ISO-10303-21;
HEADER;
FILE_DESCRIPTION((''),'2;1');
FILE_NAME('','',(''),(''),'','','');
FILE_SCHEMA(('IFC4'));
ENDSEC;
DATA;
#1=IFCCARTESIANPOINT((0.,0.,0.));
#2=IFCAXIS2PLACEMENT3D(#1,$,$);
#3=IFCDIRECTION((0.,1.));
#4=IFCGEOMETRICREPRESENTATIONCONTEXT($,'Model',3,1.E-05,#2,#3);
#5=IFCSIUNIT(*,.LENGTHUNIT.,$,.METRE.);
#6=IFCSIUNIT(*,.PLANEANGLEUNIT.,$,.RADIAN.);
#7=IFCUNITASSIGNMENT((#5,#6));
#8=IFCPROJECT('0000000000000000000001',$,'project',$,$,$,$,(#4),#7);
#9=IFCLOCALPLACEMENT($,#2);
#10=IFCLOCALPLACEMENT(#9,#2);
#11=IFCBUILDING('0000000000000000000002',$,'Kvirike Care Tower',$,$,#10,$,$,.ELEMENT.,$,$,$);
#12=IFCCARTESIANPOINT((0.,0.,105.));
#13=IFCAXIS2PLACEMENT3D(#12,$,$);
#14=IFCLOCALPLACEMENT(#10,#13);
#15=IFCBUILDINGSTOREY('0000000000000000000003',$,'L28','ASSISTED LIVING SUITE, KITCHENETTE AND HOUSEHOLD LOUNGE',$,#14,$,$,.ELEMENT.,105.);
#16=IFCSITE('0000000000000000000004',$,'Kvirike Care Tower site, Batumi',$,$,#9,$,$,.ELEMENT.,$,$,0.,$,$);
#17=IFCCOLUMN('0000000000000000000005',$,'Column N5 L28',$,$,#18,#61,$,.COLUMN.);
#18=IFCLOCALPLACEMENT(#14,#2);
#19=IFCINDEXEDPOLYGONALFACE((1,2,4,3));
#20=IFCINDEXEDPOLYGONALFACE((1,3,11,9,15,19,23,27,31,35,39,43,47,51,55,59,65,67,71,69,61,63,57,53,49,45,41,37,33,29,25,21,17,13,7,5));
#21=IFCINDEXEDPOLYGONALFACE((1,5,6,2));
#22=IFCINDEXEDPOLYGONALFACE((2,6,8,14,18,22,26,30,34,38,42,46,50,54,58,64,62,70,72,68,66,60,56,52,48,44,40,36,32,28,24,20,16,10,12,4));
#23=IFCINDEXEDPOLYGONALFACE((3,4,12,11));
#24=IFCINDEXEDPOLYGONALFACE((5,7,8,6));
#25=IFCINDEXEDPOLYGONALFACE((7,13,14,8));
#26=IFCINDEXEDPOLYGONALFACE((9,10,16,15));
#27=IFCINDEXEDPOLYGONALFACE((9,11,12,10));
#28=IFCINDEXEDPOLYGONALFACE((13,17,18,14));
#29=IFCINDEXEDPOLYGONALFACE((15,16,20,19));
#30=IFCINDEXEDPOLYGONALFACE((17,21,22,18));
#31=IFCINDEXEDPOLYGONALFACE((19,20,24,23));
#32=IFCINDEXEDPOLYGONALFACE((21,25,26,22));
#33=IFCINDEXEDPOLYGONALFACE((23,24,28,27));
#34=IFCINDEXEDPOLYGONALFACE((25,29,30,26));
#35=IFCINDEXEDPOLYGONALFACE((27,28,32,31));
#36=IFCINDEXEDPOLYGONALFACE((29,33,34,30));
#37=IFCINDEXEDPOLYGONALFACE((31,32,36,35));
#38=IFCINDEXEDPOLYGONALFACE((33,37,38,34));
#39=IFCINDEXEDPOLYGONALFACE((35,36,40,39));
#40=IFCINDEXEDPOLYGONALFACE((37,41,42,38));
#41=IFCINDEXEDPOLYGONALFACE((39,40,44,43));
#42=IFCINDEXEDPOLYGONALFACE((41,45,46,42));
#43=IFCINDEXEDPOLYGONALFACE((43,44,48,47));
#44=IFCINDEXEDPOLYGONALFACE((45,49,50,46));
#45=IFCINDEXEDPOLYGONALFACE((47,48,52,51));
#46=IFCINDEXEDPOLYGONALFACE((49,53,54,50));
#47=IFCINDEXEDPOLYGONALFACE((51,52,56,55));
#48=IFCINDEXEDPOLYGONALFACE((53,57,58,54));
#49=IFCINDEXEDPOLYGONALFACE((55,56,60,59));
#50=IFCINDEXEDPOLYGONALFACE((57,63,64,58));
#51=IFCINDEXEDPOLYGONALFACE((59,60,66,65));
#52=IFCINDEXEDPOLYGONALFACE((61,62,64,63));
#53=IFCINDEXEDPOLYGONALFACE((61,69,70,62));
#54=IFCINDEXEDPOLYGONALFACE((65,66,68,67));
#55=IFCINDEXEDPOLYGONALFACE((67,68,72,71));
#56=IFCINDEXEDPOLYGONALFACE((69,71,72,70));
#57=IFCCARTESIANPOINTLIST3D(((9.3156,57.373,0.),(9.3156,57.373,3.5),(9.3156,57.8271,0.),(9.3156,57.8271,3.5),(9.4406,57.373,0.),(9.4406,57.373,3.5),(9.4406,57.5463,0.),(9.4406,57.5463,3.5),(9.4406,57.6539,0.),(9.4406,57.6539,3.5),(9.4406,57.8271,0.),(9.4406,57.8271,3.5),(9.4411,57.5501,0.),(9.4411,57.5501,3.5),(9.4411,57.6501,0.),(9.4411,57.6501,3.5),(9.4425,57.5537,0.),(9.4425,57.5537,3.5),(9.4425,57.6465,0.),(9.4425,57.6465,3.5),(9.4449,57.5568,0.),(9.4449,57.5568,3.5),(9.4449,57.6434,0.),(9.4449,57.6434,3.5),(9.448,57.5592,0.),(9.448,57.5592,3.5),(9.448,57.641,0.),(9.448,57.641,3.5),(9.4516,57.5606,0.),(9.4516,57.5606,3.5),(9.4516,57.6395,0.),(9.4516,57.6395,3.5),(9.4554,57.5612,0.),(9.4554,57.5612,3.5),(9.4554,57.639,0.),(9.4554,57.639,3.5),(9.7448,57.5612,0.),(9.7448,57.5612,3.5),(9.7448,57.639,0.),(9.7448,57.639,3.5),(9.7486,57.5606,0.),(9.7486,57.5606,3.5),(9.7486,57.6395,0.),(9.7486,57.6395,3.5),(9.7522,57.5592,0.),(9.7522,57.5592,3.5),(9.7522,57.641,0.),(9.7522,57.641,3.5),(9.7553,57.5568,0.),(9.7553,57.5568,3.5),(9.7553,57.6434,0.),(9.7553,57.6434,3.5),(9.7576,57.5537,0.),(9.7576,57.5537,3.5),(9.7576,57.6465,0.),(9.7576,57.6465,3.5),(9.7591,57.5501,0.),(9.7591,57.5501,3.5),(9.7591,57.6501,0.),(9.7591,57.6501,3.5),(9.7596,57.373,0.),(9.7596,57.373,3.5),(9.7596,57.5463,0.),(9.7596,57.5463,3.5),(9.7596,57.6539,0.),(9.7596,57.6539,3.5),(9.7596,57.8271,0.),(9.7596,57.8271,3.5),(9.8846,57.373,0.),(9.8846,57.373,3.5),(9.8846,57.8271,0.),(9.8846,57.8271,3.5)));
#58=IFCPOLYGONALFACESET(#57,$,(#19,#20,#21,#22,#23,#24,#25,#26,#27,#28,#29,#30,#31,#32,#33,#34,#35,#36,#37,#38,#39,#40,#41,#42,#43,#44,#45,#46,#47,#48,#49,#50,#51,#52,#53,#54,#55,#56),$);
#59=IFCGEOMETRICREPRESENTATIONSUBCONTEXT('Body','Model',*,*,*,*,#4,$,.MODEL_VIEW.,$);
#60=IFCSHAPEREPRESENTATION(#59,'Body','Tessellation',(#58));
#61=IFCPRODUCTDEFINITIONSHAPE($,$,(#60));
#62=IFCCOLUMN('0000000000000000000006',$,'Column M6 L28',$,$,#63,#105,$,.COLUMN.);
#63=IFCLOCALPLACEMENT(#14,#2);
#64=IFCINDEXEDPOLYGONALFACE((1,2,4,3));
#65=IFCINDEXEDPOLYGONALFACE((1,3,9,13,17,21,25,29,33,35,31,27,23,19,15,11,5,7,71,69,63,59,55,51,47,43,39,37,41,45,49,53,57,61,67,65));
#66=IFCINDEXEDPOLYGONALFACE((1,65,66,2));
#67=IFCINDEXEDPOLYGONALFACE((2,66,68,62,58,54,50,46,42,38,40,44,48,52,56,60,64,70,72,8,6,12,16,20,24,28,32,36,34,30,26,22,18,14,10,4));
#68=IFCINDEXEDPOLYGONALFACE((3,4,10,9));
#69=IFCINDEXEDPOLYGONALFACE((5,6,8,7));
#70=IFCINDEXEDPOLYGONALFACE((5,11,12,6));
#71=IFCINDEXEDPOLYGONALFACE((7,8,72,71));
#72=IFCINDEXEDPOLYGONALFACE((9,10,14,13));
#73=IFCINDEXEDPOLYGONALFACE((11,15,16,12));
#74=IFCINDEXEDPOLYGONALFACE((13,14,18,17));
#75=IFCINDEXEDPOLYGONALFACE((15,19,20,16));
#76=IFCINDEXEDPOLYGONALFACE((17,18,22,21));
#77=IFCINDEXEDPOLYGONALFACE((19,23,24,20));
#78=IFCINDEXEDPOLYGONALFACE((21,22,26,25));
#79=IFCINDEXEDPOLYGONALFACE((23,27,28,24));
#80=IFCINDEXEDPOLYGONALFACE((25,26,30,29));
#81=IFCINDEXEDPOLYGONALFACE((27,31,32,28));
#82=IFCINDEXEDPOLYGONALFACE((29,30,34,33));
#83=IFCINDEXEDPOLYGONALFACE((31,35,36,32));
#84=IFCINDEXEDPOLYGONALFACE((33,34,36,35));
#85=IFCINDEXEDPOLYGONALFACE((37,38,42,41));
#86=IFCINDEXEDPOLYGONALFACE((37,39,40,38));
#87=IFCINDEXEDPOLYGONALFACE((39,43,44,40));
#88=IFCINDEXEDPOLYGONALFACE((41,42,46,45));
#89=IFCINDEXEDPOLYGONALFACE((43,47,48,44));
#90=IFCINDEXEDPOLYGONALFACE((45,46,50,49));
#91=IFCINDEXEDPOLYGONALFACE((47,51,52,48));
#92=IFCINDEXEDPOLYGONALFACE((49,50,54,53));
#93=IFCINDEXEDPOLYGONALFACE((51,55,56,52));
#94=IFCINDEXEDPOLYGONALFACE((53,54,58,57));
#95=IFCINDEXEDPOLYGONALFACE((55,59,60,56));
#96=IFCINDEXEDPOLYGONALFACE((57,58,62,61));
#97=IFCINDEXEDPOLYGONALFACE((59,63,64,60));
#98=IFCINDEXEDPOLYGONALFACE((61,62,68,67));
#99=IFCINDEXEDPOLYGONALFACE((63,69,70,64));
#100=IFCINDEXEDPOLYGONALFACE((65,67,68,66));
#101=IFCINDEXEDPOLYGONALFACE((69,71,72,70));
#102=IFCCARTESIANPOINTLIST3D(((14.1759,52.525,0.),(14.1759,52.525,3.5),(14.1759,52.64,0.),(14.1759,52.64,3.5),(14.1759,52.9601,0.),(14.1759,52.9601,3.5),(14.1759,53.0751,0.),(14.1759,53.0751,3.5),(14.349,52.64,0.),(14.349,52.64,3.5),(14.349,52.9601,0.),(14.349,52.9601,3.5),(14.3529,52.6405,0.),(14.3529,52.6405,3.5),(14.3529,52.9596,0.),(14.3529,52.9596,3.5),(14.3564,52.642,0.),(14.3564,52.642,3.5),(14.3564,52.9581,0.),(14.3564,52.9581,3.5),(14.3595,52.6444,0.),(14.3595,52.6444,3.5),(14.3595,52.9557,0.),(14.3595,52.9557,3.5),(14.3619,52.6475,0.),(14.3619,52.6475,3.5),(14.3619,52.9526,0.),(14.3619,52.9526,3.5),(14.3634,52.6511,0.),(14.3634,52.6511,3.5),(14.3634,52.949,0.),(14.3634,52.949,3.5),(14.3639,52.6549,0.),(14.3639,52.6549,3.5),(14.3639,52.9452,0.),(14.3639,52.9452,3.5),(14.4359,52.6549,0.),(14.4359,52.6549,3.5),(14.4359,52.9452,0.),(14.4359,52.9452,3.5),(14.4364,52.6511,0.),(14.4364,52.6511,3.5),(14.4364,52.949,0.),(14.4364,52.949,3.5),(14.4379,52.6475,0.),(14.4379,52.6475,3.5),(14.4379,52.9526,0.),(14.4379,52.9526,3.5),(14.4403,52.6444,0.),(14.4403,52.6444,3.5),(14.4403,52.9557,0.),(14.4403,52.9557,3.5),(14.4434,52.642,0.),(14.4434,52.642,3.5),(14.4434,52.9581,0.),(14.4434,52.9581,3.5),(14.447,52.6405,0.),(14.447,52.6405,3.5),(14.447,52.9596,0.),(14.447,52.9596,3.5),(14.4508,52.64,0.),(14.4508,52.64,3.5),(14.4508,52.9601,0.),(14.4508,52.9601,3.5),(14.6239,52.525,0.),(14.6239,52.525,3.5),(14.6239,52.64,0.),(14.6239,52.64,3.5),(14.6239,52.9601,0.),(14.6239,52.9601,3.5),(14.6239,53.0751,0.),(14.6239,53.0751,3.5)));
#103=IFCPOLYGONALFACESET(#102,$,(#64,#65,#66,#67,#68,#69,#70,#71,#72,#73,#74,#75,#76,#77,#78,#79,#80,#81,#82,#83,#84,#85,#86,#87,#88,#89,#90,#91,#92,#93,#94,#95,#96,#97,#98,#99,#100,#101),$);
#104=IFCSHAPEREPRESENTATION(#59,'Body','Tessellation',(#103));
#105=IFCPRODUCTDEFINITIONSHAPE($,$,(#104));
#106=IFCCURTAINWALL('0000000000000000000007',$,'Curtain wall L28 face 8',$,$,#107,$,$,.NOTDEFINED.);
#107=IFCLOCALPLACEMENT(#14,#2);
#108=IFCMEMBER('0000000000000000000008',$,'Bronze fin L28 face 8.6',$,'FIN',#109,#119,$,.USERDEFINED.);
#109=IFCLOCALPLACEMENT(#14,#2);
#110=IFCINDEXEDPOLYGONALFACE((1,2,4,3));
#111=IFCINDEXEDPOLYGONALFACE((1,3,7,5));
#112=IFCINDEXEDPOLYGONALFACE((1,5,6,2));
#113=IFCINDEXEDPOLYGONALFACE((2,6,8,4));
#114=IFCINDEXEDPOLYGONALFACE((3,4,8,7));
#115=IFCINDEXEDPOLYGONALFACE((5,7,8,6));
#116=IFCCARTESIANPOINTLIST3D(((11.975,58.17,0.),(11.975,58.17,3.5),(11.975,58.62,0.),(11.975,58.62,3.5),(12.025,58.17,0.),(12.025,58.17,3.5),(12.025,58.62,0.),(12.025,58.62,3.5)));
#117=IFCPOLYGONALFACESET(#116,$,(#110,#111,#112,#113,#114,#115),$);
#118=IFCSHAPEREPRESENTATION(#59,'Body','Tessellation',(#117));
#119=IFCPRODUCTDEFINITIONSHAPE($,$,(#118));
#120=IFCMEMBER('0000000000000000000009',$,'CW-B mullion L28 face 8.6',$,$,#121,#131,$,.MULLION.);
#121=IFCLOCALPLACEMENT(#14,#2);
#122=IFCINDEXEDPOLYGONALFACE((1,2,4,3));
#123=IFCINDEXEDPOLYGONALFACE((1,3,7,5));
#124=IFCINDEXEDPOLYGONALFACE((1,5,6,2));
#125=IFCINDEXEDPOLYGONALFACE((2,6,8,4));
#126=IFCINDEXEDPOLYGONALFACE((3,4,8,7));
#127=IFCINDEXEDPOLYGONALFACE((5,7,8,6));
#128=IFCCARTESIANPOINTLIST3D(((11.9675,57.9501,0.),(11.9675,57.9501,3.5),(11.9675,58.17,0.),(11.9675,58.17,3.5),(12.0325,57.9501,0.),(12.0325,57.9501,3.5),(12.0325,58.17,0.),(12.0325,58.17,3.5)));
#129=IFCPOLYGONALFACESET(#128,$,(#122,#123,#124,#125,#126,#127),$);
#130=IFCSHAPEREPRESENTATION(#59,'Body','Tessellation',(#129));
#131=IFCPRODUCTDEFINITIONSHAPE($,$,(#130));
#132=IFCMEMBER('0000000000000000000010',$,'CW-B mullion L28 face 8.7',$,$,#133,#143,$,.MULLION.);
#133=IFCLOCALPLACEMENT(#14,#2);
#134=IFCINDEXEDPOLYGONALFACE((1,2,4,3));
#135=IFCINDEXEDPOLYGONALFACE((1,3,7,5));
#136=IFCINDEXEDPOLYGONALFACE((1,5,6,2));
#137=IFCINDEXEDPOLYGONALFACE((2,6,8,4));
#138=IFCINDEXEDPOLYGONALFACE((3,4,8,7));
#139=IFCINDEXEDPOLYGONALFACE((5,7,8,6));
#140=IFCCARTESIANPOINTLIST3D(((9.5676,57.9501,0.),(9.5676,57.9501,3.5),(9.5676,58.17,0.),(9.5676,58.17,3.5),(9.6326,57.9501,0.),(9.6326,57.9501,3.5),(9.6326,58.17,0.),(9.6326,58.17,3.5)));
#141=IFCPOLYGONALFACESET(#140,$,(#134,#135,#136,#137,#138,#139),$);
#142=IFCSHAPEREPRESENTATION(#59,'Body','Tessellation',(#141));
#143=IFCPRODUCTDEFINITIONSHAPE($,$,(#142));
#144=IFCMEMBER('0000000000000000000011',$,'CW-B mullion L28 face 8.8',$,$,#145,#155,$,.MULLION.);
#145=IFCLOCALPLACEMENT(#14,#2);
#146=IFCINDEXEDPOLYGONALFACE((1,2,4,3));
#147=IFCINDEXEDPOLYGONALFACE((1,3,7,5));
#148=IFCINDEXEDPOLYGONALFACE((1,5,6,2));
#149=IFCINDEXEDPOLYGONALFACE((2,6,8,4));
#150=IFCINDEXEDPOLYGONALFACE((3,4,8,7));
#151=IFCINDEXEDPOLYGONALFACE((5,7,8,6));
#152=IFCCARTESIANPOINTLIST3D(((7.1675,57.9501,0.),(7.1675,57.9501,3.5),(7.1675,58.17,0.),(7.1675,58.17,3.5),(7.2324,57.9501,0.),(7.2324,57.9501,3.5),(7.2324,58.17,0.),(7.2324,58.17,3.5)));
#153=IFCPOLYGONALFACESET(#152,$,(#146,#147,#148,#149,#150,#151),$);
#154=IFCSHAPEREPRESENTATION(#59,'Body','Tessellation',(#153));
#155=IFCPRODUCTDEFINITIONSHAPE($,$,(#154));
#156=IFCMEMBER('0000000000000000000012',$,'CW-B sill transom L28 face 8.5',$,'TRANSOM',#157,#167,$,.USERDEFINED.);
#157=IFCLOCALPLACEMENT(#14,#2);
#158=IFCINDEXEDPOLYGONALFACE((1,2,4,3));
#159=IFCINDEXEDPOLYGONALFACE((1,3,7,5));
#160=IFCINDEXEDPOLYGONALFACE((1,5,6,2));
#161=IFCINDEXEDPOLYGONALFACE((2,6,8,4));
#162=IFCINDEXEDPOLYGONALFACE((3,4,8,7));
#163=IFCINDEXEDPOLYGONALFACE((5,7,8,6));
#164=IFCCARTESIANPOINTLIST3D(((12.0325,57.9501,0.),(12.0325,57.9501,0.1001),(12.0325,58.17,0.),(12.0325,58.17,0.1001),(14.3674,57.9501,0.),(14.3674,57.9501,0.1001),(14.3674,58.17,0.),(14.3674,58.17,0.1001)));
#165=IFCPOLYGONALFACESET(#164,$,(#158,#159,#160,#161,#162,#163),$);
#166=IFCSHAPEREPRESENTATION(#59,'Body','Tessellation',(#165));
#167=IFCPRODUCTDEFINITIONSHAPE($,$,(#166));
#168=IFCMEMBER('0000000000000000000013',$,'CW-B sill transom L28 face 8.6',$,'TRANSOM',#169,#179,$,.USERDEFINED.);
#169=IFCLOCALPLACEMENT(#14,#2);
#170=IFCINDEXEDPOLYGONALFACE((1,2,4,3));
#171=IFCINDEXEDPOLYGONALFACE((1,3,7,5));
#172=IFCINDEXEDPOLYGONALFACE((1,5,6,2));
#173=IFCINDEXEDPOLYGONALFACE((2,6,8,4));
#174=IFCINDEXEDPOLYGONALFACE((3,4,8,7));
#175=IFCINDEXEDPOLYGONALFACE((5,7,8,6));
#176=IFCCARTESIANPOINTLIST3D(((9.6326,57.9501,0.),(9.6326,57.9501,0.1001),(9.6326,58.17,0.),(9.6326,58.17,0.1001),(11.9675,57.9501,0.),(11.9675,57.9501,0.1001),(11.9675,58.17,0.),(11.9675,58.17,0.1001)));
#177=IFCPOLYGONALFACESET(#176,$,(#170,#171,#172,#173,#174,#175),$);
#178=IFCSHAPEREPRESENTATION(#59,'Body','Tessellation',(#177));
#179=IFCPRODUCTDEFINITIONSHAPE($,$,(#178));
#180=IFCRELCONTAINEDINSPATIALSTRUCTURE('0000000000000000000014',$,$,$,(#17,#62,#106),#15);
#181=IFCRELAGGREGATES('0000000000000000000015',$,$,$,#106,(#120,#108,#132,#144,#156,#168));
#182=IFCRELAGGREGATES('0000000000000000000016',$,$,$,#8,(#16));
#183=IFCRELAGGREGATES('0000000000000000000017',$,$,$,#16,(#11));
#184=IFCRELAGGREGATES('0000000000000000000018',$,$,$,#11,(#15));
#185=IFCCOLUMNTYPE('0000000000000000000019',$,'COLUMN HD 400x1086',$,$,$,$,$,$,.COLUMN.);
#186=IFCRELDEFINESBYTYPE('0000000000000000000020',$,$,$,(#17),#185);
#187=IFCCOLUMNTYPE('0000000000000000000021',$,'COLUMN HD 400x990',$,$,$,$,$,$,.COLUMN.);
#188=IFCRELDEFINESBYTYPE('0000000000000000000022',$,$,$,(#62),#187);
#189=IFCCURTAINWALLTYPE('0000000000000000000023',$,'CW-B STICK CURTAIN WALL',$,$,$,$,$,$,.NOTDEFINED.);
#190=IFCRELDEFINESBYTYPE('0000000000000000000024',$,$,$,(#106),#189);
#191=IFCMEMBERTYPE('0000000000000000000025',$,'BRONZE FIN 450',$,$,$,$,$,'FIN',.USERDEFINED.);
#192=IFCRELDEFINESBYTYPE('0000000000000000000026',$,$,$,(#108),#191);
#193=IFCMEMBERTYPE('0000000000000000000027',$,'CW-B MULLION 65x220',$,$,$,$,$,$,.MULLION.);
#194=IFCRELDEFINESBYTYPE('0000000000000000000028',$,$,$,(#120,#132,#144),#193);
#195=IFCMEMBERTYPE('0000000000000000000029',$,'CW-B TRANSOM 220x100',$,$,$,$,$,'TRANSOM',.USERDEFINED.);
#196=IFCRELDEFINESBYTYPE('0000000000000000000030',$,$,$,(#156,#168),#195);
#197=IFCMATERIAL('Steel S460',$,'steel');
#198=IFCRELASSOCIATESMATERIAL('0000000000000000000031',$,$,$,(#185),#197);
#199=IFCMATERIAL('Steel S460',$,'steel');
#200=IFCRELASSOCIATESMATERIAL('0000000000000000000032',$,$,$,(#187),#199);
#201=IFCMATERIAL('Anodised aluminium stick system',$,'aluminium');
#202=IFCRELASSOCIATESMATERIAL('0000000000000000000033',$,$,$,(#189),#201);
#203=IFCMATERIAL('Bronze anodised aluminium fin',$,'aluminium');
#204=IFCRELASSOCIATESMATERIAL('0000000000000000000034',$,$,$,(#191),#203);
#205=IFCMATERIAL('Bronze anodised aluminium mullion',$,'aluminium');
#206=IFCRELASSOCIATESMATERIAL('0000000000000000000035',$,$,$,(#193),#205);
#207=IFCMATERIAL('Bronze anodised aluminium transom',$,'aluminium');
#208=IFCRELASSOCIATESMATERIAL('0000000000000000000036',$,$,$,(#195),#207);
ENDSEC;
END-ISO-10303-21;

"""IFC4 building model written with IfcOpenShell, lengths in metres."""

from ifc_helpers import new_model, si_unit, direction, frame, origin, origin_2d, place, context, subcontext, project, spatial, rectangle, i_section, extrude, material, material_profile, profile_set, type_object, element, aggregate, save


model = new_model("IFC4")

# Units and contexts
model_context = context("Model", 3, precision=1e-05, world=origin(), true_north=direction((0.0, 1.0)))
body_context = subcontext(model_context, "Body", "Model", "MODEL_VIEW")
ifc_project = project(units=[si_unit("LENGTHUNIT", "METRE"), si_unit("PLANEANGLEUNIT", "RADIAN")], contexts=[model_context])

# Site, building, storey
site_placement = place(None, origin())
site = spatial("IfcSite", under=ifc_project, at=site_placement, Name="Kvirike Care Tower site, Batumi", CompositionType="ELEMENT", RefElevation=0.0)
building_placement = place(site_placement, origin())
building = spatial("IfcBuilding", under=site, at=building_placement, Name="Kvirike Care Tower", CompositionType="ELEMENT")
storey_placement = place(building_placement, frame((0.0, 0.0, 105.0)))
storey = spatial("IfcBuildingStorey", under=building, at=storey_placement, Name="L28", Description="ASSISTED LIVING SUITE, KITCHENETTE AND HOUSEHOLD LOUNGE", CompositionType="ELEMENT", Elevation=105.0)

# Columns
ifc_material_1 = material(Name="Steel S460", Category="steel")
ifc_material_profile_1 = material_profile(ifc_material_1, i_section(OverallWidth=0.4541, OverallDepth=0.5691, WebThickness=0.0779, FlangeThickness=0.125, FilletRadius=0.0149, at=origin_2d()), Name="HD 400x1086")
ifc_profile_set_1 = profile_set([ifc_material_profile_1], Name="Steel S460")
column_type_1 = type_object("IfcColumnType", Name="COLUMN HD 400x1086", PredefinedType="COLUMN", material=ifc_profile_set_1)
column_1_placement = place(storey_placement, frame((9.6001, 57.6001, 0.0), z_axis=(0.0, 0.0, 1.0), x_axis=(0.0, 1.0, 0.0)))
element("IfcColumn", 1, at=column_1_placement, inside=storey, type_object=column_type_1, Name="Column N5 L28", PredefinedType="COLUMN", context=body_context, shape_type="SweptSolid", body=[
    extrude(i_section(OverallWidth=0.4541, OverallDepth=0.5691, WebThickness=0.0779, FlangeThickness=0.125, FilletRadius=0.0149, at=origin_2d()), origin(), (0.0, 0.0, 1.0), 3.5),
])
ifc_material_2 = material(Name="Steel S460", Category="steel")
ifc_material_profile_2 = material_profile(ifc_material_2, i_section(OverallWidth=0.448, OverallDepth=0.55, WebThickness=0.072, FlangeThickness=0.115, FilletRadius=0.0149, at=origin_2d()), Name="HD 400x990")
ifc_profile_set_2 = profile_set([ifc_material_profile_2], Name="Steel S460")
column_type_2 = type_object("IfcColumnType", Name="COLUMN HD 400x990", PredefinedType="COLUMN", material=ifc_profile_set_2)
column_2_placement = place(storey_placement, frame((14.3999, 52.8, 0.0), z_axis=(0.0, 0.0, 1.0), x_axis=(1.0, 0.0, 0.0)))
element("IfcColumn", 2, at=column_2_placement, inside=storey, type_object=column_type_2, Name="Column M6 L28", PredefinedType="COLUMN", context=body_context, shape_type="SweptSolid", body=[
    extrude(i_section(OverallWidth=0.448, OverallDepth=0.55, WebThickness=0.072, FlangeThickness=0.115, FilletRadius=0.0149, at=origin_2d()), origin(), (0.0, 0.0, 1.0), 3.5),
])

# Curtain wall, members
ifc_material_3 = material(Name="Anodised aluminium stick system", Category="aluminium")
curtain_wall_type = type_object("IfcCurtainWallType", Name="CW-B STICK CURTAIN WALL", PredefinedType="NOTDEFINED", material=ifc_material_3)
curtain_wall_placement = place(storey_placement, origin())
curtain_wall = element("IfcCurtainWall", 3, at=curtain_wall_placement, inside=storey, type_object=curtain_wall_type, Name="Curtain wall L28 face 8", PredefinedType="NOTDEFINED")
ifc_material_4 = material(Name="Bronze anodised aluminium fin", Category="aluminium")
ifc_material_profile_3 = material_profile(ifc_material_4, rectangle(XDim=0.05, YDim=0.45, at=origin_2d()), Name="BRONZE FIN 450")
ifc_profile_set_3 = profile_set([ifc_material_profile_3], Name="Bronze anodised aluminium fin")
member_type_1 = type_object("IfcMemberType", Name="BRONZE FIN 450", ElementType="FIN", PredefinedType="USERDEFINED", material=ifc_profile_set_3)
member_1_placement = place(storey_placement, frame((12.0, 58.395, 0.0), z_axis=(0.0, 0.0, 1.0), x_axis=(-1.0, 0.0, 0.0)))
member_1 = element("IfcMember", 4, at=member_1_placement, type_object=member_type_1, Name="Bronze fin L28 face 8.6", ObjectType="FIN", PredefinedType="USERDEFINED", context=body_context, shape_type="SweptSolid", body=[
    extrude(rectangle(XDim=0.05, YDim=0.45, at=origin_2d()), origin(), (0.0, 0.0, 1.0), 3.5),
])
ifc_material_5 = material(Name="Bronze anodised aluminium mullion", Category="aluminium")
ifc_material_profile_4 = material_profile(ifc_material_5, rectangle(XDim=0.0649, YDim=0.22, at=origin_2d()), Name="CW-B MULLION 65x220")
ifc_profile_set_4 = profile_set([ifc_material_profile_4], Name="Bronze anodised aluminium mullion")
member_type_2 = type_object("IfcMemberType", Name="CW-B MULLION 65x220", PredefinedType="MULLION", material=ifc_profile_set_4)
member_2_placement = place(storey_placement, frame((12.0, 58.0601, 0.0), z_axis=(0.0, 0.0, 1.0), x_axis=(-1.0, 0.0, 0.0)))
member_2 = element("IfcMember", 5, at=member_2_placement, type_object=member_type_2, Name="CW-B mullion L28 face 8.6", PredefinedType="MULLION", context=body_context, shape_type="SweptSolid", body=[
    extrude(rectangle(XDim=0.0649, YDim=0.22, at=origin_2d()), origin(), (0.0, 0.0, 1.0), 3.5),
])
member_3_placement = place(storey_placement, frame((9.6001, 58.0601, 0.0), z_axis=(0.0, 0.0, 1.0), x_axis=(-1.0, 0.0, 0.0)))
member_3 = element("IfcMember", 6, at=member_3_placement, type_object=member_type_2, Name="CW-B mullion L28 face 8.7", PredefinedType="MULLION", context=body_context, shape_type="SweptSolid", body=[
    extrude(rectangle(XDim=0.0649, YDim=0.22, at=origin_2d()), origin(), (0.0, 0.0, 1.0), 3.5),
])
member_4_placement = place(storey_placement, frame((7.2, 58.0601, 0.0), z_axis=(0.0, 0.0, 1.0), x_axis=(-1.0, 0.0, 0.0)))
member_4 = element("IfcMember", 7, at=member_4_placement, type_object=member_type_2, Name="CW-B mullion L28 face 8.8", PredefinedType="MULLION", context=body_context, shape_type="SweptSolid", body=[
    extrude(rectangle(XDim=0.0649, YDim=0.22, at=origin_2d()), origin(), (0.0, 0.0, 1.0), 3.5),
])
ifc_material_6 = material(Name="Bronze anodised aluminium transom", Category="aluminium")
ifc_material_profile_5 = material_profile(ifc_material_6, rectangle(XDim=0.22, YDim=0.1001, at=origin_2d()), Name="CW-B TRANSOM 220x100")
ifc_profile_set_5 = profile_set([ifc_material_profile_5], Name="Bronze anodised aluminium transom")
member_type_3 = type_object("IfcMemberType", Name="CW-B TRANSOM 220x100", ElementType="TRANSOM", PredefinedType="USERDEFINED", material=ifc_profile_set_5)
member_5_placement = place(storey_placement, frame((14.3674, 58.0601, 0.05), z_axis=(-1.0, 0.0, 0.0), x_axis=(0.0, -1.0, 0.0)))
member_5 = element("IfcMember", 8, at=member_5_placement, type_object=member_type_3, Name="CW-B sill transom L28 face 8.5", ObjectType="TRANSOM", PredefinedType="USERDEFINED", context=body_context, shape_type="SweptSolid", body=[
    extrude(rectangle(XDim=0.22, YDim=0.1001, at=origin_2d()), origin(), (0.0, 0.0, 1.0), 2.335),
])
member_6_placement = place(storey_placement, frame((11.9675, 58.0601, 0.05), z_axis=(-1.0, 0.0, 0.0), x_axis=(0.0, -1.0, 0.0)))
member_6 = element("IfcMember", 9, at=member_6_placement, type_object=member_type_3, Name="CW-B sill transom L28 face 8.6", ObjectType="TRANSOM", PredefinedType="USERDEFINED", context=body_context, shape_type="SweptSolid", body=[
    extrude(rectangle(XDim=0.22, YDim=0.1001, at=origin_2d()), origin(), (0.0, 0.0, 1.0), 2.335),
])

aggregate(curtain_wall, [member_2, member_1, member_3, member_4, member_5, member_6])

save(model, "model.ifc")
